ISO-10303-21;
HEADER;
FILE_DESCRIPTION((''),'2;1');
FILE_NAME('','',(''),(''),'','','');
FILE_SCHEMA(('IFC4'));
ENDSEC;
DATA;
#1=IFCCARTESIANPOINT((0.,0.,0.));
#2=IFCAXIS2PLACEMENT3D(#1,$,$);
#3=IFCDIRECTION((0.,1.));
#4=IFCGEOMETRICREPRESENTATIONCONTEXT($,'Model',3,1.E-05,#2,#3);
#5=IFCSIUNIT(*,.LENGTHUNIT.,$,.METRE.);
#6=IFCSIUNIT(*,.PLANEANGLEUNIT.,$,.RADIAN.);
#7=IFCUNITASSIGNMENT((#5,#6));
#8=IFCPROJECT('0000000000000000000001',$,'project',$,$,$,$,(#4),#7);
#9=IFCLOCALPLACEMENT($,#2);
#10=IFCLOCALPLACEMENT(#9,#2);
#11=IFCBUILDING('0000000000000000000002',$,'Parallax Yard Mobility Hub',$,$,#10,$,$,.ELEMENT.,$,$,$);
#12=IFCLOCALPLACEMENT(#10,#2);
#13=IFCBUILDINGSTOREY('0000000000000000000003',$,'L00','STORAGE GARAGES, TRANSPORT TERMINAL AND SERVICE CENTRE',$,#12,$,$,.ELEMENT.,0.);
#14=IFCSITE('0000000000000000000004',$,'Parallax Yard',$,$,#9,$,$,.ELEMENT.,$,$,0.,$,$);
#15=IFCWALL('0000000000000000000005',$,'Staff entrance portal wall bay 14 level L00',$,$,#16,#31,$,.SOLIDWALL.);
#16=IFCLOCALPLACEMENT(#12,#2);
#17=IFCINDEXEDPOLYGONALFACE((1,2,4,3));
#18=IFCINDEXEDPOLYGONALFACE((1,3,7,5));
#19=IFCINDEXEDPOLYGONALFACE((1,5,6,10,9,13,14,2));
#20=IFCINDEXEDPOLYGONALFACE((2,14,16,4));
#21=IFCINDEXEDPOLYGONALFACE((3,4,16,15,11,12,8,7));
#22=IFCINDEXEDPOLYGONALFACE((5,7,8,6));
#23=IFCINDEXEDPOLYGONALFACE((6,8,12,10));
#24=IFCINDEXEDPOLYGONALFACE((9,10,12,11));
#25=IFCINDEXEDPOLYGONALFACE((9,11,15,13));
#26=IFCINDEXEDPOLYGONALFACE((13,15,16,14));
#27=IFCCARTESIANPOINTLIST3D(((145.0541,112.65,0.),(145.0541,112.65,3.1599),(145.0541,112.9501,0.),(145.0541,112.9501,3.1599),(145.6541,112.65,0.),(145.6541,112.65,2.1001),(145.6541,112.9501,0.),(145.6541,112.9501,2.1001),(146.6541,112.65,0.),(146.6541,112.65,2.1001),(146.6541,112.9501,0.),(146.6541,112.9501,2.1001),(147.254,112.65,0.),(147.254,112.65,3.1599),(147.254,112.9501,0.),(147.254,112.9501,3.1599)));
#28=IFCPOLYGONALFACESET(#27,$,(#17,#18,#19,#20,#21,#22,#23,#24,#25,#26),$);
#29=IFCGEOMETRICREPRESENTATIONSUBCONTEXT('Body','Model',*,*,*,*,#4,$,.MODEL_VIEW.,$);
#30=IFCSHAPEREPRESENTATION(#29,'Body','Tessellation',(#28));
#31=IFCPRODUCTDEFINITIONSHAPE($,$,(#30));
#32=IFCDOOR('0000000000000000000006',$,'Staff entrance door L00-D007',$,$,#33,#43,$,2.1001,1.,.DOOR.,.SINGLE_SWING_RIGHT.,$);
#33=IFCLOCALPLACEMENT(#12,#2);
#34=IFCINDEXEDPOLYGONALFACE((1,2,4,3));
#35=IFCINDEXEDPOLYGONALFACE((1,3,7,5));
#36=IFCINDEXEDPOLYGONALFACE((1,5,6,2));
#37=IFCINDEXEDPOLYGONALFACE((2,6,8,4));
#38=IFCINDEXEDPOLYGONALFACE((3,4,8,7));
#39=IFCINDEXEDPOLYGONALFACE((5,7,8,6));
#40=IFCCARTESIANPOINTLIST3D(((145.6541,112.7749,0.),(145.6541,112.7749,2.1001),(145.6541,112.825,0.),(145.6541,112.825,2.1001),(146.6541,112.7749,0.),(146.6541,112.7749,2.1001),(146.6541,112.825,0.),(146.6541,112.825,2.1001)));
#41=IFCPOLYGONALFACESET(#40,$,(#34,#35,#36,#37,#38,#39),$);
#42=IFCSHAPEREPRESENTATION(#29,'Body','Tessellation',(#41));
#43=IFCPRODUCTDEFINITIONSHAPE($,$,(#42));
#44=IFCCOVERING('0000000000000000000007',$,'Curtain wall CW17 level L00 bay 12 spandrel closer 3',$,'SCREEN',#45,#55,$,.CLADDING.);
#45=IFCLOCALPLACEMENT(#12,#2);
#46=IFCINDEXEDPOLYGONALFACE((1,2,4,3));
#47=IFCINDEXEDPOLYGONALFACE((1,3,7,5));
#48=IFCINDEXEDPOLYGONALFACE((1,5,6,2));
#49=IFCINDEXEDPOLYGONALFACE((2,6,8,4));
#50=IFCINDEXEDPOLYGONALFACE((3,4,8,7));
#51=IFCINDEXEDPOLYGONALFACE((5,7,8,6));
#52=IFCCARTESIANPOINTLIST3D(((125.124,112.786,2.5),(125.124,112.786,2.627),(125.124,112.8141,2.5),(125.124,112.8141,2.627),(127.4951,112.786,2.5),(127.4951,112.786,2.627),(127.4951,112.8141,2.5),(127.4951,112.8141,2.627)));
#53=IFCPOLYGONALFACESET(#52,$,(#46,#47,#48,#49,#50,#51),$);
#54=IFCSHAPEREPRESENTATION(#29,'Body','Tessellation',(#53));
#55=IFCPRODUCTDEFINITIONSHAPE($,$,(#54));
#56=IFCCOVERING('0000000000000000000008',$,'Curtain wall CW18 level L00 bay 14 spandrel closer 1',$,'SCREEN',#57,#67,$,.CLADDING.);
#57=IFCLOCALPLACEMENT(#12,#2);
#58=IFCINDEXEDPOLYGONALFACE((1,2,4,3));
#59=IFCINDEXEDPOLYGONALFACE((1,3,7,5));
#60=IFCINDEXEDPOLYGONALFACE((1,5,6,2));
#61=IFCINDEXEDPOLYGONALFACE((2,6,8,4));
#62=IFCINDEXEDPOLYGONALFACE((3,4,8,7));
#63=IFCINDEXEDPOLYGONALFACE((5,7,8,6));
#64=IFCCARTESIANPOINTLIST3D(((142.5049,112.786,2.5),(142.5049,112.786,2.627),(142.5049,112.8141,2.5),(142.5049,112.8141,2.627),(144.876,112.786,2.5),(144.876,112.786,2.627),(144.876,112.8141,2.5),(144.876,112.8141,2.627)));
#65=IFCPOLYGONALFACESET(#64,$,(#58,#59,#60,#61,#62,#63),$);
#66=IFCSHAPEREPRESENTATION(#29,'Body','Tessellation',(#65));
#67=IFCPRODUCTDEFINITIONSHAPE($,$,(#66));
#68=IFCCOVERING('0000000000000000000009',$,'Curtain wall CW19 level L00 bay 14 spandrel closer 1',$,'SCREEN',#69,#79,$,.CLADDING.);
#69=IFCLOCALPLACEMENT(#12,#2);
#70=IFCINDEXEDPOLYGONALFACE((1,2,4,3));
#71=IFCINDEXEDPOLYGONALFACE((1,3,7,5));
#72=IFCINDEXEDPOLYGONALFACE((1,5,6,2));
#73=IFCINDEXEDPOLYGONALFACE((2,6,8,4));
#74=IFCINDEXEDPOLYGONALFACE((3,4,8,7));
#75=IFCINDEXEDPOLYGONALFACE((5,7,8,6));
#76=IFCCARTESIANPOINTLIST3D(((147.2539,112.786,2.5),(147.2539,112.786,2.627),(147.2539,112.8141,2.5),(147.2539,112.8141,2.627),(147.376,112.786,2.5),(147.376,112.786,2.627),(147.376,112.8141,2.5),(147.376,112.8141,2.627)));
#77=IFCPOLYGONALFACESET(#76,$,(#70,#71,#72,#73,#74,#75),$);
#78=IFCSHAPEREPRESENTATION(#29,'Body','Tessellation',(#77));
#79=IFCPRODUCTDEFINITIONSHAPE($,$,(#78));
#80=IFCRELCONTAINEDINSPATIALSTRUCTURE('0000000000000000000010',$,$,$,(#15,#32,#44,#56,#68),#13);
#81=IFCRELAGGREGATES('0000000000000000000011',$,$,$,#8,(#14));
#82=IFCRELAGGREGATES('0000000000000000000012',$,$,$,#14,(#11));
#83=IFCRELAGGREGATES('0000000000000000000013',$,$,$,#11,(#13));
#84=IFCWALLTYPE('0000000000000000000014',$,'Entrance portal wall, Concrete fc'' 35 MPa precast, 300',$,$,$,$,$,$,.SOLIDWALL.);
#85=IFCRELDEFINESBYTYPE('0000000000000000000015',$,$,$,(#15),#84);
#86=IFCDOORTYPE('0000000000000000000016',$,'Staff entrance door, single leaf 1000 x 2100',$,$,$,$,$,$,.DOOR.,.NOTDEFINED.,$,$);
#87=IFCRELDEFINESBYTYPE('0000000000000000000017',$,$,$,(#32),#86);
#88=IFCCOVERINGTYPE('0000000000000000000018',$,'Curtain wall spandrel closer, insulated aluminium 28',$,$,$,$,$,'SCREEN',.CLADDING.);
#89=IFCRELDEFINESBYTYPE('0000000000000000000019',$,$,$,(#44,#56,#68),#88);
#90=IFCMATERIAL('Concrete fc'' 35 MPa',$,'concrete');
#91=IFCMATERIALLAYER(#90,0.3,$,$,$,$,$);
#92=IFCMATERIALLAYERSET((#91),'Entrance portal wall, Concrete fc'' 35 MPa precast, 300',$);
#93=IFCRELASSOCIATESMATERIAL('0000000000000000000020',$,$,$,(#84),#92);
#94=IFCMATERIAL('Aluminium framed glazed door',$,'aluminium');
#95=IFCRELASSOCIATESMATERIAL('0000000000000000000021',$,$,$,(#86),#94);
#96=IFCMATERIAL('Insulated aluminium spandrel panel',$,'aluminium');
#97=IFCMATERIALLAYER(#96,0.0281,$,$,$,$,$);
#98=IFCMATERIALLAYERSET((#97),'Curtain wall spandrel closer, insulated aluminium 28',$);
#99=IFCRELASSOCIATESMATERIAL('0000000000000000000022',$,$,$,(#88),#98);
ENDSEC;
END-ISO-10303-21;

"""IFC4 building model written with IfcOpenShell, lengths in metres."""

from ifc_helpers import new_model, si_unit, direction, frame, frame_2d, origin, origin_2d, place, context, subcontext, project, spatial, rectangle, extrude, material, layer, layer_set, type_object, element, fill, save


model = new_model("IFC4")

# Units and contexts
model_context = context("Model", 3, precision=1e-05, world=origin(), true_north=direction((0.0, 1.0)))
body_context = subcontext(model_context, "Body", "Model", "MODEL_VIEW")
ifc_project = project(units=[si_unit("LENGTHUNIT", "METRE"), si_unit("PLANEANGLEUNIT", "RADIAN")], contexts=[model_context])

# Site, building, storey
site_placement = place(None, origin())
site = spatial("IfcSite", under=ifc_project, at=site_placement, Name="Parallax Yard", CompositionType="ELEMENT", RefElevation=0.0)
building_placement = place(site_placement, origin())
building = spatial("IfcBuilding", under=site, at=building_placement, Name="Parallax Yard Mobility Hub", CompositionType="ELEMENT")
storey_placement = place(building_placement, origin())
storey = spatial("IfcBuildingStorey", under=building, at=storey_placement, Name="L00", Description="STORAGE GARAGES, TRANSPORT TERMINAL AND SERVICE CENTRE", CompositionType="ELEMENT", Elevation=0.0)

# Wall, opening, door
ifc_material_1 = material(Name="Concrete fc' 35 MPa", Category="concrete")
ifc_layer_1 = layer(ifc_material_1, 0.3)
ifc_layer_set_1 = layer_set([ifc_layer_1], Name="Entrance portal wall, Concrete fc' 35 MPa precast, 300")
wall_type_1 = type_object("IfcWallType", Name="Entrance portal wall, Concrete fc' 35 MPa precast, 300", PredefinedType="SOLIDWALL", material=ifc_layer_set_1)
wall_1_placement = place(storey_placement, frame((145.054, 112.8, 0.0), z_axis=(0.0, 0.0, 1.0), x_axis=(1.0, 0.0, 0.0)))
wall_1 = element("IfcWall", 1, at=wall_1_placement, inside=storey, type_object=wall_type_1, Name="Staff entrance portal wall bay 14 level L00", PredefinedType="SOLIDWALL", context=body_context, shape_type="SweptSolid", body=[
    extrude(rectangle(XDim=2.2, YDim=0.3, at=frame_2d((1.1001, 0.0))), origin(), (0.0, 0.0, 1.0), 3.1599),
])
opening_1_placement = place(wall_1_placement, frame((0.6001, 0.0, 0.0)))
opening_1 = element("IfcOpeningElement", 2, at=opening_1_placement, cuts=wall_1, PredefinedType="OPENING", context=body_context, shape_type="SweptSolid", body=[
    extrude(rectangle(XDim=1.0, YDim=2.1001, at=frame_2d((0.5, 1.05))), frame((0.0, 0.1602, 0.0), z_axis=(0.0, -1.0, 0.0), x_axis=(1.0, 0.0, 0.0)), (0.0, 0.0, 1.0), 0.3201),
])
ifc_material_2 = material(Name="Aluminium framed glazed door", Category="aluminium")
door_type_1 = type_object("IfcDoorType", Name="Staff entrance door, single leaf 1000 x 2100", OperationType="NOTDEFINED", PredefinedType="DOOR", material=ifc_material_2)
door_1_placement = place(opening_1_placement, origin())
door_1 = element("IfcDoor", 3, at=door_1_placement, inside=storey, type_object=door_type_1, Name="Staff entrance door L00-D007", OperationType="SINGLE_SWING_RIGHT", OverallHeight=2.1001, OverallWidth=1.0, PredefinedType="DOOR", context=body_context, shape_type="SweptSolid", body=[
    extrude(rectangle(XDim=1.0, YDim=2.1001, at=frame_2d((0.5, 1.05))), frame((0.0, 0.0249, 0.0), z_axis=(0.0, -1.0, 0.0), x_axis=(1.0, 0.0, 0.0)), (0.0, 0.0, 1.0), 0.05),
])
fill(opening_1, door_1)

# Coverings
ifc_material_3 = material(Name="Insulated aluminium spandrel panel", Category="aluminium")
ifc_layer_2 = layer(ifc_material_3, 0.0281)
ifc_layer_set_2 = layer_set([ifc_layer_2], Name="Curtain wall spandrel closer, insulated aluminium 28")
covering_type = type_object("IfcCoveringType", Name="Curtain wall spandrel closer, insulated aluminium 28", ElementType="SCREEN", PredefinedType="CLADDING", material=ifc_layer_set_2)
for number, where, z_axis, x_axis, name in (
    (4, (126.3096, 112.8, 2.5), (0.0, 0.0, 1.0), (1.0, 0.0, 0.0), "Curtain wall CW17 level L00 bay 12 spandrel closer 3"),
    (5, (143.6904, 112.8, 2.5), (0.0, 0.0, 1.0), (1.0, 0.0, 0.0), "Curtain wall CW18 level L00 bay 14 spandrel closer 1"),
):
    element("IfcCovering", number, at=place(storey_placement, frame(where, z_axis=z_axis, x_axis=x_axis)), inside=storey, type_object=covering_type, Name=name, ObjectType="SCREEN", PredefinedType="CLADDING", context=body_context, shape_type="SweptSolid", body=[
        extrude(rectangle(XDim=2.3711, YDim=0.0281, at=origin_2d()), origin(), (0.0, 0.0, 1.0), 0.127),
    ])
covering_placement = place(storey_placement, frame((147.3149, 112.8, 2.5), z_axis=(0.0, 0.0, 1.0), x_axis=(1.0, 0.0, 0.0)))
element("IfcCovering", 6, at=covering_placement, inside=storey, type_object=covering_type, Name="Curtain wall CW19 level L00 bay 14 spandrel closer 1", ObjectType="SCREEN", PredefinedType="CLADDING", context=body_context, shape_type="SweptSolid", body=[
    extrude(rectangle(XDim=0.1221, YDim=0.0281, at=origin_2d()), origin(), (0.0, 0.0, 1.0), 0.127),
])

save(model, "model.ifc")
